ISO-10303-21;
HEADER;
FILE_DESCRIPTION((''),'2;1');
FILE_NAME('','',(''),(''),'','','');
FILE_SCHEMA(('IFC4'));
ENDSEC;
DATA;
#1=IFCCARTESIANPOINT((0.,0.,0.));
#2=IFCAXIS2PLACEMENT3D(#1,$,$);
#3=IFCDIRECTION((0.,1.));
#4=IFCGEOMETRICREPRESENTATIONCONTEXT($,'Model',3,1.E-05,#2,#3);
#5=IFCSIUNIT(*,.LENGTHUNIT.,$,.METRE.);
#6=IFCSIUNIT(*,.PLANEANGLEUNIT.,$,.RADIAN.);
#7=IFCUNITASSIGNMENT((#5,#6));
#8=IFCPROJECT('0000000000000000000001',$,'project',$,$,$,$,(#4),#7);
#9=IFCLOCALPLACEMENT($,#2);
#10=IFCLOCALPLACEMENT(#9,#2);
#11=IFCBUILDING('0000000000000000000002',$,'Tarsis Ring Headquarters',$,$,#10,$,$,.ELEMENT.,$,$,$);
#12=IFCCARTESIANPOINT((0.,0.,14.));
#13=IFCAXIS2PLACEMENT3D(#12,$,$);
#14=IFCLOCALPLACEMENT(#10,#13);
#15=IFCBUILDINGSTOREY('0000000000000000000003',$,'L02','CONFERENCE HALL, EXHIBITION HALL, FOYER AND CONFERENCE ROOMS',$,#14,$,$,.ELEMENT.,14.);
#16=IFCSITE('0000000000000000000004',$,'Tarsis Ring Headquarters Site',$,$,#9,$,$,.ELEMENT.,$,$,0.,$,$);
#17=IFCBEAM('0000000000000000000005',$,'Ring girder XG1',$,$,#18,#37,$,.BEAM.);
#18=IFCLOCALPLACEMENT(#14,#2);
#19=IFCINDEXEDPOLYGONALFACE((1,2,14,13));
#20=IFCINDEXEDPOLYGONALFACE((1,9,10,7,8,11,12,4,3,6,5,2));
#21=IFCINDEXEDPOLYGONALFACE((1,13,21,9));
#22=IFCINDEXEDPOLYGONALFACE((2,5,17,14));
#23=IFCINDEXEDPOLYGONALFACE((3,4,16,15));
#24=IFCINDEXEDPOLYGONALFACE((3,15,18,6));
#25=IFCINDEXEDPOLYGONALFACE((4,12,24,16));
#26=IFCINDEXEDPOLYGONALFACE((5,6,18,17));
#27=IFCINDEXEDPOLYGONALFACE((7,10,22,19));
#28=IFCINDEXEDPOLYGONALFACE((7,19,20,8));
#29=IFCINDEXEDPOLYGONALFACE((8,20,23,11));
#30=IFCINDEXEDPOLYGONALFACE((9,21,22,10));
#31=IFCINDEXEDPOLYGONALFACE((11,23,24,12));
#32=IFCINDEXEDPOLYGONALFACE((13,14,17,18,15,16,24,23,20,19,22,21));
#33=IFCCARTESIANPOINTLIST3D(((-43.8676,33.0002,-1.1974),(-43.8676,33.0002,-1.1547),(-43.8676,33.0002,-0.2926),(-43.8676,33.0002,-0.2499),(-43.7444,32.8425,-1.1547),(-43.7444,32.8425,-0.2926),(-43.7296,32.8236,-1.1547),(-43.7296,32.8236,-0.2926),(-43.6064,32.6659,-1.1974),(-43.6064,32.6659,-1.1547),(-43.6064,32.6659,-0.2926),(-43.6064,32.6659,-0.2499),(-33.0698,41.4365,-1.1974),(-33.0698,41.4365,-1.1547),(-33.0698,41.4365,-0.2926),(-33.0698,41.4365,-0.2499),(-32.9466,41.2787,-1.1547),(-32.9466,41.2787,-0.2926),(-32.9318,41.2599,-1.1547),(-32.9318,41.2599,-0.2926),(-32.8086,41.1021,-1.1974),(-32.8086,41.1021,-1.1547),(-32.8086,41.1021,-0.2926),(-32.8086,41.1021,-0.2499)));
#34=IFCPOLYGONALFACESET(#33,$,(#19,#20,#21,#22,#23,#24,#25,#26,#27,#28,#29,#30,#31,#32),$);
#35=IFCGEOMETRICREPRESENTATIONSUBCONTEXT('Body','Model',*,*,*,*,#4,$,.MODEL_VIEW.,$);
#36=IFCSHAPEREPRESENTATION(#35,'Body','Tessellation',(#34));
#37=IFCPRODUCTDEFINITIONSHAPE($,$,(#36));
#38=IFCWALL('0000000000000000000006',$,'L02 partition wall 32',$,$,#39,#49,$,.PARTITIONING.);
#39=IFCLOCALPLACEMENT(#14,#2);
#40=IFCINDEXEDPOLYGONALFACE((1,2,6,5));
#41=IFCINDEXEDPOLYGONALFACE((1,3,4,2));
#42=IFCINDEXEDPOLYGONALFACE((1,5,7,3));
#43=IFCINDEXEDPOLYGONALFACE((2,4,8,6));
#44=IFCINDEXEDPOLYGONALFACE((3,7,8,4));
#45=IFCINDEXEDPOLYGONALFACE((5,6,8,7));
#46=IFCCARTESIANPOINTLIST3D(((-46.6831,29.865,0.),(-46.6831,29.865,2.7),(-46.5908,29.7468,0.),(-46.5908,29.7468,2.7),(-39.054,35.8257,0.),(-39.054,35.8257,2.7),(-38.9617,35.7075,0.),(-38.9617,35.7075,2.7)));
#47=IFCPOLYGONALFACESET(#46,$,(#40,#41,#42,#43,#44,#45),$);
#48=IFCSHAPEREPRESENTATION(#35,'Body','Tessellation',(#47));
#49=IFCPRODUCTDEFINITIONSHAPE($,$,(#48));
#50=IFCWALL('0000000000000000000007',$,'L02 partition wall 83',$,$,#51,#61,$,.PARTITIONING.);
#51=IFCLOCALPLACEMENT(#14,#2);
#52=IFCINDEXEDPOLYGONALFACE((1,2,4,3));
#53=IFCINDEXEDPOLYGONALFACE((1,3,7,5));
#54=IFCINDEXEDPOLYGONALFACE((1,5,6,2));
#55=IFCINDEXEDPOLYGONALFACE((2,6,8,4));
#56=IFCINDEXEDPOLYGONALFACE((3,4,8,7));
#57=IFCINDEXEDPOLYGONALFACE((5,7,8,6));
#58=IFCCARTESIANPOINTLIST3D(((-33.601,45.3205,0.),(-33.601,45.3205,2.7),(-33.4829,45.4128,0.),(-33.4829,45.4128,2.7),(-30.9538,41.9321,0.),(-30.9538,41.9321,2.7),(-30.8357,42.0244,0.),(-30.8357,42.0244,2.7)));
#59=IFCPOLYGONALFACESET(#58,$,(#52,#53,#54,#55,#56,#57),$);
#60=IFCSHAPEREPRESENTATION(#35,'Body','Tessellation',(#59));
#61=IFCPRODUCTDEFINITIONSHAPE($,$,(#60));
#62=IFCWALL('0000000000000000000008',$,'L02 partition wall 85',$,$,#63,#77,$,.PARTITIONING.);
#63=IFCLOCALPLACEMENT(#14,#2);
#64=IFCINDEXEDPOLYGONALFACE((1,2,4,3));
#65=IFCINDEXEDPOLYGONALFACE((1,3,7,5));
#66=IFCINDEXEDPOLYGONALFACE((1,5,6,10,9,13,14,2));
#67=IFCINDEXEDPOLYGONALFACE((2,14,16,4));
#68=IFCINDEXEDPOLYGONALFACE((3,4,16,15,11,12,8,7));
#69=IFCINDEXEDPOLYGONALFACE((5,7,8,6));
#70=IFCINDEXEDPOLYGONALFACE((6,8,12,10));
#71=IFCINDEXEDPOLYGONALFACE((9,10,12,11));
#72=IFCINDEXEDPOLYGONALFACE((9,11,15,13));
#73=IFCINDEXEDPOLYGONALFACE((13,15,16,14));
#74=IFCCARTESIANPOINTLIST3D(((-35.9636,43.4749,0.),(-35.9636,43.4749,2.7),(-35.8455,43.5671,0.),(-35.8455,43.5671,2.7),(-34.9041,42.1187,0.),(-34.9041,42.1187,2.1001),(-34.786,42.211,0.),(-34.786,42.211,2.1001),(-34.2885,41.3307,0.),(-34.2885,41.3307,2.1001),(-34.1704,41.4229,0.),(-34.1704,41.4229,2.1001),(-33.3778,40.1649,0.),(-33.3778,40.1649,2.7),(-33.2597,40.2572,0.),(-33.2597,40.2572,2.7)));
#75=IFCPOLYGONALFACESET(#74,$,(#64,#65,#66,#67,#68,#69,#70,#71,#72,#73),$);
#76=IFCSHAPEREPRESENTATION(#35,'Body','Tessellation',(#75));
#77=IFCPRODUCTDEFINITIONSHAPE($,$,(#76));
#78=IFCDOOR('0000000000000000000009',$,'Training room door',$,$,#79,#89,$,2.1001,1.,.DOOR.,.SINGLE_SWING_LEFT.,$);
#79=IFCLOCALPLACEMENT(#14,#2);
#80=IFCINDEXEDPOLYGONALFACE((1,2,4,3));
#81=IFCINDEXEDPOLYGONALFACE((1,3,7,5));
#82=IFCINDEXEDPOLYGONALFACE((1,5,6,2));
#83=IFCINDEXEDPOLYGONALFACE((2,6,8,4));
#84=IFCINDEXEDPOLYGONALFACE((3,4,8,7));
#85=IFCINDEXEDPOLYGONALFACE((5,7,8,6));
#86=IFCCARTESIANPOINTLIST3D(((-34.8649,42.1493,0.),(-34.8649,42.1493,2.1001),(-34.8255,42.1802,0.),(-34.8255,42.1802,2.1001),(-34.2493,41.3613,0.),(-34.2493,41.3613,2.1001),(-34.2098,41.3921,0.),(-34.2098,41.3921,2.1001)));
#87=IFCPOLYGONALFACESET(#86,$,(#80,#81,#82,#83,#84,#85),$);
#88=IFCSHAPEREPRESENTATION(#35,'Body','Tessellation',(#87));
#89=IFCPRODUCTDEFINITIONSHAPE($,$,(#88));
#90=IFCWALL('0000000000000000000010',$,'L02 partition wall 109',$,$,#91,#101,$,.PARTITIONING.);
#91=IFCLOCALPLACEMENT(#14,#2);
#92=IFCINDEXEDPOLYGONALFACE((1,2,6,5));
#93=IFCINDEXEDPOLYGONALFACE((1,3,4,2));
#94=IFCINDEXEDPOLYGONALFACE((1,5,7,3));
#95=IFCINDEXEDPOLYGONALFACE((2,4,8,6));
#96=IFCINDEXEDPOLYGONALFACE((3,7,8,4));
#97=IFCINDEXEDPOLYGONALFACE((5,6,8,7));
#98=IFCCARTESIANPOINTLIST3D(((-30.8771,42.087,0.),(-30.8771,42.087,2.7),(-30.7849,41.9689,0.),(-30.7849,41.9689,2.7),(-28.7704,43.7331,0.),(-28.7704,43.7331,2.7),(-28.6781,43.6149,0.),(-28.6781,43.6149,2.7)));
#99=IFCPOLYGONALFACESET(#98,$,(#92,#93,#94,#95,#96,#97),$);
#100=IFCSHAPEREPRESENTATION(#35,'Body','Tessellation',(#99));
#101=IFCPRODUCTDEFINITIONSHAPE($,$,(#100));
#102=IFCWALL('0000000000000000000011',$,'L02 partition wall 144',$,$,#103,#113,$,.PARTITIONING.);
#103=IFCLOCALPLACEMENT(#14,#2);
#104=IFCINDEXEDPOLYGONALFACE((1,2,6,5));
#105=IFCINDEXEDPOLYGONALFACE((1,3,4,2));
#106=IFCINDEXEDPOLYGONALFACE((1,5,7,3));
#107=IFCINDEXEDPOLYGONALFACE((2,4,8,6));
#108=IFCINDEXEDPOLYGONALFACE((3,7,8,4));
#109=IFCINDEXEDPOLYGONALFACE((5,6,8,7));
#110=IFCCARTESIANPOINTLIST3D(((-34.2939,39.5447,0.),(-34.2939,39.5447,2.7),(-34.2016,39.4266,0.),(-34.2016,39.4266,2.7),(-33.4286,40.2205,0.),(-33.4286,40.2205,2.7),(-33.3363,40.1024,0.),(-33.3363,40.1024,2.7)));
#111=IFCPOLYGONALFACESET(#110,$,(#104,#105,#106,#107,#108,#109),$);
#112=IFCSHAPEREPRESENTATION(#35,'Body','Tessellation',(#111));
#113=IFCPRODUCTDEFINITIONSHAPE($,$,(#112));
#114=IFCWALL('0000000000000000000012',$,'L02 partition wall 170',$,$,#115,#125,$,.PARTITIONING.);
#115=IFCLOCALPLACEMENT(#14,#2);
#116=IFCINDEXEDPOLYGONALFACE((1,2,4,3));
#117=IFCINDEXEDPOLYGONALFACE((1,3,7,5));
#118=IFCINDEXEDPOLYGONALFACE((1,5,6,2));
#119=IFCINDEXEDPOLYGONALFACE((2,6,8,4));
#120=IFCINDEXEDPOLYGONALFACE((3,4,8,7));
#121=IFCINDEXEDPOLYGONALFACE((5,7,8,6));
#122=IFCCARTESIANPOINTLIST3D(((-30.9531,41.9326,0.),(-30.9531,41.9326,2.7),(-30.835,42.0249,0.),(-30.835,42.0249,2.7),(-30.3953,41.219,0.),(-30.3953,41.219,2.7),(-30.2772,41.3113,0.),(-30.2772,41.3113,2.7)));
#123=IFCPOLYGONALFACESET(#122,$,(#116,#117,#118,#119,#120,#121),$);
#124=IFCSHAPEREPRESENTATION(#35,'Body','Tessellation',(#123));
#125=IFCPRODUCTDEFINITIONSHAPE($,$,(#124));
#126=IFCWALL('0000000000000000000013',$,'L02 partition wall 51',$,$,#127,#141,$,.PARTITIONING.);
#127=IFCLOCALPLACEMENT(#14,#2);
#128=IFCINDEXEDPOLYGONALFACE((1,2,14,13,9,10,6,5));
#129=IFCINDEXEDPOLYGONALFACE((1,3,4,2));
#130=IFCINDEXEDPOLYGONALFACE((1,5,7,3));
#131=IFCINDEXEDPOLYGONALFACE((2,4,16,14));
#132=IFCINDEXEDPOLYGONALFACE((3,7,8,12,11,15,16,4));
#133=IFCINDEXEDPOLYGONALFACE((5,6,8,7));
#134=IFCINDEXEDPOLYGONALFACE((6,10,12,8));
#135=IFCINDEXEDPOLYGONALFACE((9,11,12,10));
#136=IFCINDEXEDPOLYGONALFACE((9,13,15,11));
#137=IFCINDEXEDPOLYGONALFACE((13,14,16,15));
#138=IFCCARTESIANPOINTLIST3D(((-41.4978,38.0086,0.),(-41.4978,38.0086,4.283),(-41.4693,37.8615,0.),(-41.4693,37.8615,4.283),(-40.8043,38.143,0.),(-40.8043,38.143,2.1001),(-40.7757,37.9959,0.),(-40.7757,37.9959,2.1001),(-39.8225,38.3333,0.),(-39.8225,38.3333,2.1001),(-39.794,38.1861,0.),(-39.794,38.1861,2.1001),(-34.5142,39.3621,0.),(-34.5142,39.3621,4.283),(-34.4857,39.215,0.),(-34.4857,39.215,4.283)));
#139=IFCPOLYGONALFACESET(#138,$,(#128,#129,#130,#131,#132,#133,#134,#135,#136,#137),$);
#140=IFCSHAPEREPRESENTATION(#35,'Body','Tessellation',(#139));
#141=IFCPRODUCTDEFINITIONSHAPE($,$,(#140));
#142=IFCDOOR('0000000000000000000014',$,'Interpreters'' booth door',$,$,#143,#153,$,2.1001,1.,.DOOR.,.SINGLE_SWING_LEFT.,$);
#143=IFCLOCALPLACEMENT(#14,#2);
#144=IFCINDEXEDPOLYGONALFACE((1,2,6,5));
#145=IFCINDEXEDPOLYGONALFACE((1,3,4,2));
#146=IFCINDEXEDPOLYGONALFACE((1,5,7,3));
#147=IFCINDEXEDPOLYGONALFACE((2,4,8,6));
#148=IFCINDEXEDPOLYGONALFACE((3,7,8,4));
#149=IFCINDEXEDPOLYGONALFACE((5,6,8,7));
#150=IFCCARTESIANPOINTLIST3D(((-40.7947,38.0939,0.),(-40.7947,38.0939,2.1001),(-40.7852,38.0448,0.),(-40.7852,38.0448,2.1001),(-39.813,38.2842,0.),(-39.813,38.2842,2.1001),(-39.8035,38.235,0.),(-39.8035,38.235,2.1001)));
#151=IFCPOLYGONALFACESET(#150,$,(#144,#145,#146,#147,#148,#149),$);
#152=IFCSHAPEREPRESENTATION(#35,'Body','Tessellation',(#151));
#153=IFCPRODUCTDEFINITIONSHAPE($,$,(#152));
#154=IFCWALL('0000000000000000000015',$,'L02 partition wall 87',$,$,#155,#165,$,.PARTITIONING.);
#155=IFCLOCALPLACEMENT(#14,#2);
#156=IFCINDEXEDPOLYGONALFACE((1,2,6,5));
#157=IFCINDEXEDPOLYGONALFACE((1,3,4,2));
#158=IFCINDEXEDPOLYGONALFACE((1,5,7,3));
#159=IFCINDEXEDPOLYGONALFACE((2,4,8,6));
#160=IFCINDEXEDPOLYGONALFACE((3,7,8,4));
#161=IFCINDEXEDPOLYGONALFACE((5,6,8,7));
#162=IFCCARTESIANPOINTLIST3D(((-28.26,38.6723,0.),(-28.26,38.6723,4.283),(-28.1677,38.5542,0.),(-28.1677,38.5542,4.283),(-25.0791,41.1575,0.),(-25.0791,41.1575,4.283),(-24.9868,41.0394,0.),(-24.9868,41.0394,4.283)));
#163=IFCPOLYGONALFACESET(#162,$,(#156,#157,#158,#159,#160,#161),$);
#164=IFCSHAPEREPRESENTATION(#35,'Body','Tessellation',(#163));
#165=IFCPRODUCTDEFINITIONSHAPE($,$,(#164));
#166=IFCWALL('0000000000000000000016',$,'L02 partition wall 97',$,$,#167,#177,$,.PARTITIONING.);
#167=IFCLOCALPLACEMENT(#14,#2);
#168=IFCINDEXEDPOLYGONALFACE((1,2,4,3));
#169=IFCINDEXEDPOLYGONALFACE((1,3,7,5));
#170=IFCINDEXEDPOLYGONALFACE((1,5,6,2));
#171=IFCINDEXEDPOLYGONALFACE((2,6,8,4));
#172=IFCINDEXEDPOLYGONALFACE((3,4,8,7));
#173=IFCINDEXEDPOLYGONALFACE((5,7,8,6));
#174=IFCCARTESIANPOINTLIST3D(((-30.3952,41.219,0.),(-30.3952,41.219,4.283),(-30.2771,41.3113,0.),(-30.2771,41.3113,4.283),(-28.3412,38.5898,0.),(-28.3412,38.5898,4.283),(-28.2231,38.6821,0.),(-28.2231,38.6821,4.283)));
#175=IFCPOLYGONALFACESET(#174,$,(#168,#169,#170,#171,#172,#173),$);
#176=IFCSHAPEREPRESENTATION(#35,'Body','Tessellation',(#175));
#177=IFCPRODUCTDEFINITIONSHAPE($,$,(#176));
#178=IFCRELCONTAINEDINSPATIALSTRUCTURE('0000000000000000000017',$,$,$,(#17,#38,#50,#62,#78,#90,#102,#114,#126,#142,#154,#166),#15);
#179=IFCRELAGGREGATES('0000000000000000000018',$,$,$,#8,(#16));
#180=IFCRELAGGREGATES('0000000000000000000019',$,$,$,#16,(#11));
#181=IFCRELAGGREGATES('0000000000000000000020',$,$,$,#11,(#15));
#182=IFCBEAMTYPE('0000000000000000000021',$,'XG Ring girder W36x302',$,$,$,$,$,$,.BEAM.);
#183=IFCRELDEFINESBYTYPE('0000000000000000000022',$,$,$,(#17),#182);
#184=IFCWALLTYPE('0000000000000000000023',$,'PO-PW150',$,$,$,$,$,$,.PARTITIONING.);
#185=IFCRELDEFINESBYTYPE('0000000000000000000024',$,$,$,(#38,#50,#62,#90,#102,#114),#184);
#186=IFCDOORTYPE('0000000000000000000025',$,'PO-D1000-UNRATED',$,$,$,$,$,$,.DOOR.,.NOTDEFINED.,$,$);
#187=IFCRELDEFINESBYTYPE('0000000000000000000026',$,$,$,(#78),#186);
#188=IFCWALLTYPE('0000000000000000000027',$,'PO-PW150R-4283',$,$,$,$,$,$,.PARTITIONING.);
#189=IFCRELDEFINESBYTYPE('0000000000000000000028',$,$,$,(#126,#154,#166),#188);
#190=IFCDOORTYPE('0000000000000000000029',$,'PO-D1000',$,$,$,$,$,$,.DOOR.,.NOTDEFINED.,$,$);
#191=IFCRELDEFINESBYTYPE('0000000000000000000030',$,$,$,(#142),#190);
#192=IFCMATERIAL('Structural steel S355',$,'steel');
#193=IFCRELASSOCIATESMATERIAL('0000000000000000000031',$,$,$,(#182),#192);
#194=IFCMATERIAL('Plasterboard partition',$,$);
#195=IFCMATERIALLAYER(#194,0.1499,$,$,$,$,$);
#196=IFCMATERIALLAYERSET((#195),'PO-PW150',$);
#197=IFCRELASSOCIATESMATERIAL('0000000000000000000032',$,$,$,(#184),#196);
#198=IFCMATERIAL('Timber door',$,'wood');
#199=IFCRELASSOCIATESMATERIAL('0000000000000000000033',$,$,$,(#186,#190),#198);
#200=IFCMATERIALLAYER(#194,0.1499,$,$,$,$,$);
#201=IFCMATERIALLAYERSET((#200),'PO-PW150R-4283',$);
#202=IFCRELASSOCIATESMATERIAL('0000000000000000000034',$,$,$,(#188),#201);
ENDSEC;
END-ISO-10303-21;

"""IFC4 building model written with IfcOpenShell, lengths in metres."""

from ifc_helpers import new_model, si_unit, direction, frame, frame_2d, origin, origin_2d, place, context, subcontext, project, spatial, rectangle, i_section, extrude, material, layer, layer_set, material_profile, profile_set, type_object, element, fill, save


model = new_model("IFC4")

# Units and contexts
model_context = context("Model", 3, precision=1e-05, world=origin(), true_north=direction((0.0, 1.0)))
body_context = subcontext(model_context, "Body", "Model", "MODEL_VIEW")
ifc_project = project(units=[si_unit("LENGTHUNIT", "METRE"), si_unit("PLANEANGLEUNIT", "RADIAN")], contexts=[model_context])

# Site, building, storey
site_placement = place(None, origin())
site = spatial("IfcSite", under=ifc_project, at=site_placement, Name="Tarsis Ring Headquarters Site", CompositionType="ELEMENT", RefElevation=0.0)
building_placement = place(site_placement, origin())
building = spatial("IfcBuilding", under=site, at=building_placement, Name="Tarsis Ring Headquarters", CompositionType="ELEMENT")
storey_placement = place(building_placement, frame((0.0, 0.0, 14.0)))
storey = spatial("IfcBuildingStorey", under=building, at=storey_placement, Name="L02", Description="CONFERENCE HALL, EXHIBITION HALL, FOYER AND CONFERENCE ROOMS", CompositionType="ELEMENT", Elevation=14.0)

# Beam
ifc_material_1 = material(Name="Structural steel S355", Category="steel")
ifc_material_profile_1 = material_profile(ifc_material_1, i_section(OverallWidth=0.4243, OverallDepth=0.9475, WebThickness=0.0239, FlangeThickness=0.0427, at=origin_2d()), Name="W36x302")
ifc_profile_set_1 = profile_set([ifc_material_profile_1], Name="Structural steel S355")
beam_type_1 = type_object("IfcBeamType", Name="XG Ring girder W36x302", PredefinedType="BEAM", material=ifc_profile_set_1)
beam_1_placement = place(storey_placement, frame((-32.9392, 41.2693, -0.7236), z_axis=(-0.788008, -0.615665, 0.0), x_axis=(0.615665, -0.788008, 0.0)))
element("IfcBeam", 1, at=beam_1_placement, inside=storey, type_object=beam_type_1, Name="Ring girder XG1", PredefinedType="BEAM", context=body_context, shape_type="SweptSolid", body=[
    extrude(i_section(OverallWidth=0.4243, OverallDepth=0.9475, WebThickness=0.0239, FlangeThickness=0.0427, at=origin_2d()), origin(), (0.0, 0.0, 1.0), 13.7026),
])

# Walls
ifc_material_2 = material(Name="Plasterboard partition")
ifc_layer_1 = layer(ifc_material_2, 0.1499)
ifc_layer_set_1 = layer_set([ifc_layer_1], Name="PO-PW150")
wall_type_1 = type_object("IfcWallType", Name="PO-PW150", PredefinedType="PARTITIONING", material=ifc_layer_set_1)
wall_1_placement = place(storey_placement, frame((-39.0078, 35.7666, 0.0), z_axis=(0.0, 0.0, 1.0), x_axis=(-0.788003, -0.615671, 0.0)))
element("IfcWall", 2, at=wall_1_placement, inside=storey, type_object=wall_type_1, Name="L02 partition wall 32", PredefinedType="PARTITIONING", context=body_context, shape_type="SweptSolid", body=[
    extrude(rectangle(XDim=9.6816, YDim=0.1499, at=frame_2d((4.8408, 0.0))), origin(), (0.0, 0.0, 1.0), 2.7),
])
wall_2_placement = place(storey_placement, frame((-30.8948, 41.9783, 0.0), z_axis=(0.0, 0.0, 1.0), x_axis=(-0.615645, 0.788024, 0.0)))
element("IfcWall", 3, at=wall_2_placement, inside=storey, type_object=wall_type_1, Name="L02 partition wall 83", PredefinedType="PARTITIONING", context=body_context, shape_type="SweptSolid", body=[
    extrude(rectangle(XDim=4.2998, YDim=0.1499, at=frame_2d((2.1499, 0.0))), origin(), (0.0, 0.0, 1.0), 2.7),
])

# Wall, opening, door
wall_3_placement = place(storey_placement, frame((-35.9045, 43.521, 0.0), z_axis=(0.0, 0.0, 1.0), x_axis=(0.615629, -0.788036, 0.0)))
wall_3 = element("IfcWall", 4, at=wall_3_placement, inside=storey, type_object=wall_type_1, Name="L02 partition wall 85", PredefinedType="PARTITIONING", context=body_context, shape_type="SweptSolid", body=[
    extrude(rectangle(XDim=4.2002, YDim=0.1499, at=frame_2d((2.1001, 0.0))), origin(), (0.0, 0.0, 1.0), 2.7),
])
opening_1_placement = place(wall_3_placement, frame((1.7209, 0.0, 0.0)))
opening_1 = element("IfcOpeningElement", 5, at=opening_1_placement, cuts=wall_3, PredefinedType="OPENING", context=body_context, shape_type="SweptSolid", body=[
    extrude(rectangle(XDim=1.0, YDim=2.1001, at=frame_2d((0.5, 1.05))), frame((0.0, 0.085, 0.0), z_axis=(0.0, -1.0, 0.0), x_axis=(1.0, 0.0, 0.0)), (0.0, 0.0, 1.0), 0.1699),
])
ifc_material_3 = material(Name="Timber door", Category="wood")
door_type_1 = type_object("IfcDoorType", Name="PO-D1000-UNRATED", OperationType="NOTDEFINED", PredefinedType="DOOR", material=ifc_material_3)
door_1_placement = place(opening_1_placement, origin())
door_1 = element("IfcDoor", 6, at=door_1_placement, inside=storey, type_object=door_type_1, Name="Training room door", OperationType="SINGLE_SWING_LEFT", OverallHeight=2.1001, OverallWidth=1.0, PredefinedType="DOOR", context=body_context, shape_type="SweptSolid", body=[
    extrude(rectangle(XDim=1.0, YDim=2.1001, at=frame_2d((0.5, 1.05))), frame((0.0, 0.0249, 0.0), z_axis=(0.0, -1.0, 0.0), x_axis=(1.0, 0.0, 0.0)), (0.0, 0.0, 1.0), 0.05),
])
fill(opening_1, door_1)

# Walls
wall_4_placement = place(storey_placement, frame((-28.7241, 43.6741, 0.0), z_axis=(0.0, 0.0, 1.0), x_axis=(-0.787998, -0.615678, 0.0)))
element("IfcWall", 7, at=wall_4_placement, inside=storey, type_object=wall_type_1, Name="L02 partition wall 109", PredefinedType="PARTITIONING", context=body_context, shape_type="SweptSolid", body=[
    extrude(rectangle(XDim=2.6736, YDim=0.1499, at=frame_2d((1.3369, 0.0))), origin(), (0.0, 0.0, 1.0), 2.7),
])
wall_5_placement = place(storey_placement, frame((-33.3826, 40.1614, 0.0), z_axis=(0.0, 0.0, 1.0), x_axis=(-0.788105, -0.61554, 0.0)))
element("IfcWall", 8, at=wall_5_placement, inside=storey, type_object=wall_type_1, Name="L02 partition wall 144", PredefinedType="PARTITIONING", context=body_context, shape_type="SweptSolid", body=[
    extrude(rectangle(XDim=1.0979, YDim=0.1499, at=frame_2d((0.5488, 0.0))), origin(), (0.0, 0.0, 1.0), 2.7),
])
wall_6_placement = place(storey_placement, frame((-30.894, 41.9788, 0.0), z_axis=(0.0, 0.0, 1.0), x_axis=(0.615879, -0.78784, 0.0)))
element("IfcWall", 9, at=wall_6_placement, inside=storey, type_object=wall_type_1, Name="L02 partition wall 170", PredefinedType="PARTITIONING", context=body_context, shape_type="SweptSolid", body=[
    extrude(rectangle(XDim=0.9058, YDim=0.1499, at=frame_2d((0.4529, 0.0))), origin(), (0.0, 0.0, 1.0), 2.7),
])

# Wall, opening, door
ifc_layer_2 = layer(ifc_material_2, 0.1499)
ifc_layer_set_2 = layer_set([ifc_layer_2], Name="PO-PW150R-4283")
wall_type_2 = type_object("IfcWallType", Name="PO-PW150R-4283", PredefinedType="PARTITIONING", material=ifc_layer_set_2)
wall_7_placement = place(storey_placement, frame((-41.4834, 37.9351, 0.0), z_axis=(0.0, 0.0, 1.0), x_axis=(0.981731, 0.190272, 0.0)))
wall_7 = element("IfcWall", 10, at=wall_7_placement, inside=storey, type_object=wall_type_2, Name="L02 partition wall 51", PredefinedType="PARTITIONING", context=body_context, shape_type="SweptSolid", body=[
    extrude(rectangle(XDim=7.1135, YDim=0.1499, at=frame_2d((3.5566, 0.0))), origin(), (0.0, 0.0, 1.0), 4.283),
])
opening_2_placement = place(wall_7_placement, frame((0.7063, 0.0, 0.0)))
opening_2 = element("IfcOpeningElement", 11, at=opening_2_placement, cuts=wall_7, PredefinedType="OPENING", context=body_context, shape_type="SweptSolid", body=[
    extrude(rectangle(XDim=1.0, YDim=2.1001, at=frame_2d((0.5, 1.05))), frame((0.0, 0.085, 0.0), z_axis=(0.0, -1.0, 0.0), x_axis=(1.0, 0.0, 0.0)), (0.0, 0.0, 1.0), 0.1699),
])
door_type_2 = type_object("IfcDoorType", Name="PO-D1000", OperationType="NOTDEFINED", PredefinedType="DOOR", material=ifc_material_3)
door_2_placement = place(opening_2_placement, origin())
door_2 = element("IfcDoor", 12, at=door_2_placement, inside=storey, type_object=door_type_2, Name="Interpreters' booth door", OperationType="SINGLE_SWING_LEFT", OverallHeight=2.1001, OverallWidth=1.0, PredefinedType="DOOR", context=body_context, shape_type="SweptSolid", body=[
    extrude(rectangle(XDim=1.0, YDim=2.1001, at=frame_2d((0.5, 1.05))), frame((0.0, 0.0249, 0.0), z_axis=(0.0, -1.0, 0.0), x_axis=(1.0, 0.0, 0.0)), (0.0, 0.0, 1.0), 0.05),
])
fill(opening_2, door_2)

# Walls
wall_8_placement = place(storey_placement, frame((-28.2139, 38.6133, 0.0), z_axis=(0.0, 0.0, 1.0), x_axis=(0.788022, 0.615648, 0.0)))
element("IfcWall", 13, at=wall_8_placement, inside=storey, type_object=wall_type_2, Name="L02 partition wall 87", PredefinedType="PARTITIONING", context=body_context, shape_type="SweptSolid", body=[
    extrude(rectangle(XDim=4.0366, YDim=0.1499, at=frame_2d((2.0183, 0.0))), origin(), (0.0, 0.0, 1.0), 4.283),
])
wall_9_placement = place(storey_placement, frame((-30.3362, 41.2651, 0.0), z_axis=(0.0, 0.0, 1.0), x_axis=(0.615631, -0.788034, 0.0)))
element("IfcWall", 14, at=wall_9_placement, inside=storey, type_object=wall_type_2, Name="L02 partition wall 97", PredefinedType="PARTITIONING", context=body_context, shape_type="SweptSolid", body=[
    extrude(rectangle(XDim=3.3364, YDim=0.1499, at=frame_2d((1.6682, 0.0))), origin(), (0.0, 0.0, 1.0), 4.283),
])

save(model, "model.ifc")
